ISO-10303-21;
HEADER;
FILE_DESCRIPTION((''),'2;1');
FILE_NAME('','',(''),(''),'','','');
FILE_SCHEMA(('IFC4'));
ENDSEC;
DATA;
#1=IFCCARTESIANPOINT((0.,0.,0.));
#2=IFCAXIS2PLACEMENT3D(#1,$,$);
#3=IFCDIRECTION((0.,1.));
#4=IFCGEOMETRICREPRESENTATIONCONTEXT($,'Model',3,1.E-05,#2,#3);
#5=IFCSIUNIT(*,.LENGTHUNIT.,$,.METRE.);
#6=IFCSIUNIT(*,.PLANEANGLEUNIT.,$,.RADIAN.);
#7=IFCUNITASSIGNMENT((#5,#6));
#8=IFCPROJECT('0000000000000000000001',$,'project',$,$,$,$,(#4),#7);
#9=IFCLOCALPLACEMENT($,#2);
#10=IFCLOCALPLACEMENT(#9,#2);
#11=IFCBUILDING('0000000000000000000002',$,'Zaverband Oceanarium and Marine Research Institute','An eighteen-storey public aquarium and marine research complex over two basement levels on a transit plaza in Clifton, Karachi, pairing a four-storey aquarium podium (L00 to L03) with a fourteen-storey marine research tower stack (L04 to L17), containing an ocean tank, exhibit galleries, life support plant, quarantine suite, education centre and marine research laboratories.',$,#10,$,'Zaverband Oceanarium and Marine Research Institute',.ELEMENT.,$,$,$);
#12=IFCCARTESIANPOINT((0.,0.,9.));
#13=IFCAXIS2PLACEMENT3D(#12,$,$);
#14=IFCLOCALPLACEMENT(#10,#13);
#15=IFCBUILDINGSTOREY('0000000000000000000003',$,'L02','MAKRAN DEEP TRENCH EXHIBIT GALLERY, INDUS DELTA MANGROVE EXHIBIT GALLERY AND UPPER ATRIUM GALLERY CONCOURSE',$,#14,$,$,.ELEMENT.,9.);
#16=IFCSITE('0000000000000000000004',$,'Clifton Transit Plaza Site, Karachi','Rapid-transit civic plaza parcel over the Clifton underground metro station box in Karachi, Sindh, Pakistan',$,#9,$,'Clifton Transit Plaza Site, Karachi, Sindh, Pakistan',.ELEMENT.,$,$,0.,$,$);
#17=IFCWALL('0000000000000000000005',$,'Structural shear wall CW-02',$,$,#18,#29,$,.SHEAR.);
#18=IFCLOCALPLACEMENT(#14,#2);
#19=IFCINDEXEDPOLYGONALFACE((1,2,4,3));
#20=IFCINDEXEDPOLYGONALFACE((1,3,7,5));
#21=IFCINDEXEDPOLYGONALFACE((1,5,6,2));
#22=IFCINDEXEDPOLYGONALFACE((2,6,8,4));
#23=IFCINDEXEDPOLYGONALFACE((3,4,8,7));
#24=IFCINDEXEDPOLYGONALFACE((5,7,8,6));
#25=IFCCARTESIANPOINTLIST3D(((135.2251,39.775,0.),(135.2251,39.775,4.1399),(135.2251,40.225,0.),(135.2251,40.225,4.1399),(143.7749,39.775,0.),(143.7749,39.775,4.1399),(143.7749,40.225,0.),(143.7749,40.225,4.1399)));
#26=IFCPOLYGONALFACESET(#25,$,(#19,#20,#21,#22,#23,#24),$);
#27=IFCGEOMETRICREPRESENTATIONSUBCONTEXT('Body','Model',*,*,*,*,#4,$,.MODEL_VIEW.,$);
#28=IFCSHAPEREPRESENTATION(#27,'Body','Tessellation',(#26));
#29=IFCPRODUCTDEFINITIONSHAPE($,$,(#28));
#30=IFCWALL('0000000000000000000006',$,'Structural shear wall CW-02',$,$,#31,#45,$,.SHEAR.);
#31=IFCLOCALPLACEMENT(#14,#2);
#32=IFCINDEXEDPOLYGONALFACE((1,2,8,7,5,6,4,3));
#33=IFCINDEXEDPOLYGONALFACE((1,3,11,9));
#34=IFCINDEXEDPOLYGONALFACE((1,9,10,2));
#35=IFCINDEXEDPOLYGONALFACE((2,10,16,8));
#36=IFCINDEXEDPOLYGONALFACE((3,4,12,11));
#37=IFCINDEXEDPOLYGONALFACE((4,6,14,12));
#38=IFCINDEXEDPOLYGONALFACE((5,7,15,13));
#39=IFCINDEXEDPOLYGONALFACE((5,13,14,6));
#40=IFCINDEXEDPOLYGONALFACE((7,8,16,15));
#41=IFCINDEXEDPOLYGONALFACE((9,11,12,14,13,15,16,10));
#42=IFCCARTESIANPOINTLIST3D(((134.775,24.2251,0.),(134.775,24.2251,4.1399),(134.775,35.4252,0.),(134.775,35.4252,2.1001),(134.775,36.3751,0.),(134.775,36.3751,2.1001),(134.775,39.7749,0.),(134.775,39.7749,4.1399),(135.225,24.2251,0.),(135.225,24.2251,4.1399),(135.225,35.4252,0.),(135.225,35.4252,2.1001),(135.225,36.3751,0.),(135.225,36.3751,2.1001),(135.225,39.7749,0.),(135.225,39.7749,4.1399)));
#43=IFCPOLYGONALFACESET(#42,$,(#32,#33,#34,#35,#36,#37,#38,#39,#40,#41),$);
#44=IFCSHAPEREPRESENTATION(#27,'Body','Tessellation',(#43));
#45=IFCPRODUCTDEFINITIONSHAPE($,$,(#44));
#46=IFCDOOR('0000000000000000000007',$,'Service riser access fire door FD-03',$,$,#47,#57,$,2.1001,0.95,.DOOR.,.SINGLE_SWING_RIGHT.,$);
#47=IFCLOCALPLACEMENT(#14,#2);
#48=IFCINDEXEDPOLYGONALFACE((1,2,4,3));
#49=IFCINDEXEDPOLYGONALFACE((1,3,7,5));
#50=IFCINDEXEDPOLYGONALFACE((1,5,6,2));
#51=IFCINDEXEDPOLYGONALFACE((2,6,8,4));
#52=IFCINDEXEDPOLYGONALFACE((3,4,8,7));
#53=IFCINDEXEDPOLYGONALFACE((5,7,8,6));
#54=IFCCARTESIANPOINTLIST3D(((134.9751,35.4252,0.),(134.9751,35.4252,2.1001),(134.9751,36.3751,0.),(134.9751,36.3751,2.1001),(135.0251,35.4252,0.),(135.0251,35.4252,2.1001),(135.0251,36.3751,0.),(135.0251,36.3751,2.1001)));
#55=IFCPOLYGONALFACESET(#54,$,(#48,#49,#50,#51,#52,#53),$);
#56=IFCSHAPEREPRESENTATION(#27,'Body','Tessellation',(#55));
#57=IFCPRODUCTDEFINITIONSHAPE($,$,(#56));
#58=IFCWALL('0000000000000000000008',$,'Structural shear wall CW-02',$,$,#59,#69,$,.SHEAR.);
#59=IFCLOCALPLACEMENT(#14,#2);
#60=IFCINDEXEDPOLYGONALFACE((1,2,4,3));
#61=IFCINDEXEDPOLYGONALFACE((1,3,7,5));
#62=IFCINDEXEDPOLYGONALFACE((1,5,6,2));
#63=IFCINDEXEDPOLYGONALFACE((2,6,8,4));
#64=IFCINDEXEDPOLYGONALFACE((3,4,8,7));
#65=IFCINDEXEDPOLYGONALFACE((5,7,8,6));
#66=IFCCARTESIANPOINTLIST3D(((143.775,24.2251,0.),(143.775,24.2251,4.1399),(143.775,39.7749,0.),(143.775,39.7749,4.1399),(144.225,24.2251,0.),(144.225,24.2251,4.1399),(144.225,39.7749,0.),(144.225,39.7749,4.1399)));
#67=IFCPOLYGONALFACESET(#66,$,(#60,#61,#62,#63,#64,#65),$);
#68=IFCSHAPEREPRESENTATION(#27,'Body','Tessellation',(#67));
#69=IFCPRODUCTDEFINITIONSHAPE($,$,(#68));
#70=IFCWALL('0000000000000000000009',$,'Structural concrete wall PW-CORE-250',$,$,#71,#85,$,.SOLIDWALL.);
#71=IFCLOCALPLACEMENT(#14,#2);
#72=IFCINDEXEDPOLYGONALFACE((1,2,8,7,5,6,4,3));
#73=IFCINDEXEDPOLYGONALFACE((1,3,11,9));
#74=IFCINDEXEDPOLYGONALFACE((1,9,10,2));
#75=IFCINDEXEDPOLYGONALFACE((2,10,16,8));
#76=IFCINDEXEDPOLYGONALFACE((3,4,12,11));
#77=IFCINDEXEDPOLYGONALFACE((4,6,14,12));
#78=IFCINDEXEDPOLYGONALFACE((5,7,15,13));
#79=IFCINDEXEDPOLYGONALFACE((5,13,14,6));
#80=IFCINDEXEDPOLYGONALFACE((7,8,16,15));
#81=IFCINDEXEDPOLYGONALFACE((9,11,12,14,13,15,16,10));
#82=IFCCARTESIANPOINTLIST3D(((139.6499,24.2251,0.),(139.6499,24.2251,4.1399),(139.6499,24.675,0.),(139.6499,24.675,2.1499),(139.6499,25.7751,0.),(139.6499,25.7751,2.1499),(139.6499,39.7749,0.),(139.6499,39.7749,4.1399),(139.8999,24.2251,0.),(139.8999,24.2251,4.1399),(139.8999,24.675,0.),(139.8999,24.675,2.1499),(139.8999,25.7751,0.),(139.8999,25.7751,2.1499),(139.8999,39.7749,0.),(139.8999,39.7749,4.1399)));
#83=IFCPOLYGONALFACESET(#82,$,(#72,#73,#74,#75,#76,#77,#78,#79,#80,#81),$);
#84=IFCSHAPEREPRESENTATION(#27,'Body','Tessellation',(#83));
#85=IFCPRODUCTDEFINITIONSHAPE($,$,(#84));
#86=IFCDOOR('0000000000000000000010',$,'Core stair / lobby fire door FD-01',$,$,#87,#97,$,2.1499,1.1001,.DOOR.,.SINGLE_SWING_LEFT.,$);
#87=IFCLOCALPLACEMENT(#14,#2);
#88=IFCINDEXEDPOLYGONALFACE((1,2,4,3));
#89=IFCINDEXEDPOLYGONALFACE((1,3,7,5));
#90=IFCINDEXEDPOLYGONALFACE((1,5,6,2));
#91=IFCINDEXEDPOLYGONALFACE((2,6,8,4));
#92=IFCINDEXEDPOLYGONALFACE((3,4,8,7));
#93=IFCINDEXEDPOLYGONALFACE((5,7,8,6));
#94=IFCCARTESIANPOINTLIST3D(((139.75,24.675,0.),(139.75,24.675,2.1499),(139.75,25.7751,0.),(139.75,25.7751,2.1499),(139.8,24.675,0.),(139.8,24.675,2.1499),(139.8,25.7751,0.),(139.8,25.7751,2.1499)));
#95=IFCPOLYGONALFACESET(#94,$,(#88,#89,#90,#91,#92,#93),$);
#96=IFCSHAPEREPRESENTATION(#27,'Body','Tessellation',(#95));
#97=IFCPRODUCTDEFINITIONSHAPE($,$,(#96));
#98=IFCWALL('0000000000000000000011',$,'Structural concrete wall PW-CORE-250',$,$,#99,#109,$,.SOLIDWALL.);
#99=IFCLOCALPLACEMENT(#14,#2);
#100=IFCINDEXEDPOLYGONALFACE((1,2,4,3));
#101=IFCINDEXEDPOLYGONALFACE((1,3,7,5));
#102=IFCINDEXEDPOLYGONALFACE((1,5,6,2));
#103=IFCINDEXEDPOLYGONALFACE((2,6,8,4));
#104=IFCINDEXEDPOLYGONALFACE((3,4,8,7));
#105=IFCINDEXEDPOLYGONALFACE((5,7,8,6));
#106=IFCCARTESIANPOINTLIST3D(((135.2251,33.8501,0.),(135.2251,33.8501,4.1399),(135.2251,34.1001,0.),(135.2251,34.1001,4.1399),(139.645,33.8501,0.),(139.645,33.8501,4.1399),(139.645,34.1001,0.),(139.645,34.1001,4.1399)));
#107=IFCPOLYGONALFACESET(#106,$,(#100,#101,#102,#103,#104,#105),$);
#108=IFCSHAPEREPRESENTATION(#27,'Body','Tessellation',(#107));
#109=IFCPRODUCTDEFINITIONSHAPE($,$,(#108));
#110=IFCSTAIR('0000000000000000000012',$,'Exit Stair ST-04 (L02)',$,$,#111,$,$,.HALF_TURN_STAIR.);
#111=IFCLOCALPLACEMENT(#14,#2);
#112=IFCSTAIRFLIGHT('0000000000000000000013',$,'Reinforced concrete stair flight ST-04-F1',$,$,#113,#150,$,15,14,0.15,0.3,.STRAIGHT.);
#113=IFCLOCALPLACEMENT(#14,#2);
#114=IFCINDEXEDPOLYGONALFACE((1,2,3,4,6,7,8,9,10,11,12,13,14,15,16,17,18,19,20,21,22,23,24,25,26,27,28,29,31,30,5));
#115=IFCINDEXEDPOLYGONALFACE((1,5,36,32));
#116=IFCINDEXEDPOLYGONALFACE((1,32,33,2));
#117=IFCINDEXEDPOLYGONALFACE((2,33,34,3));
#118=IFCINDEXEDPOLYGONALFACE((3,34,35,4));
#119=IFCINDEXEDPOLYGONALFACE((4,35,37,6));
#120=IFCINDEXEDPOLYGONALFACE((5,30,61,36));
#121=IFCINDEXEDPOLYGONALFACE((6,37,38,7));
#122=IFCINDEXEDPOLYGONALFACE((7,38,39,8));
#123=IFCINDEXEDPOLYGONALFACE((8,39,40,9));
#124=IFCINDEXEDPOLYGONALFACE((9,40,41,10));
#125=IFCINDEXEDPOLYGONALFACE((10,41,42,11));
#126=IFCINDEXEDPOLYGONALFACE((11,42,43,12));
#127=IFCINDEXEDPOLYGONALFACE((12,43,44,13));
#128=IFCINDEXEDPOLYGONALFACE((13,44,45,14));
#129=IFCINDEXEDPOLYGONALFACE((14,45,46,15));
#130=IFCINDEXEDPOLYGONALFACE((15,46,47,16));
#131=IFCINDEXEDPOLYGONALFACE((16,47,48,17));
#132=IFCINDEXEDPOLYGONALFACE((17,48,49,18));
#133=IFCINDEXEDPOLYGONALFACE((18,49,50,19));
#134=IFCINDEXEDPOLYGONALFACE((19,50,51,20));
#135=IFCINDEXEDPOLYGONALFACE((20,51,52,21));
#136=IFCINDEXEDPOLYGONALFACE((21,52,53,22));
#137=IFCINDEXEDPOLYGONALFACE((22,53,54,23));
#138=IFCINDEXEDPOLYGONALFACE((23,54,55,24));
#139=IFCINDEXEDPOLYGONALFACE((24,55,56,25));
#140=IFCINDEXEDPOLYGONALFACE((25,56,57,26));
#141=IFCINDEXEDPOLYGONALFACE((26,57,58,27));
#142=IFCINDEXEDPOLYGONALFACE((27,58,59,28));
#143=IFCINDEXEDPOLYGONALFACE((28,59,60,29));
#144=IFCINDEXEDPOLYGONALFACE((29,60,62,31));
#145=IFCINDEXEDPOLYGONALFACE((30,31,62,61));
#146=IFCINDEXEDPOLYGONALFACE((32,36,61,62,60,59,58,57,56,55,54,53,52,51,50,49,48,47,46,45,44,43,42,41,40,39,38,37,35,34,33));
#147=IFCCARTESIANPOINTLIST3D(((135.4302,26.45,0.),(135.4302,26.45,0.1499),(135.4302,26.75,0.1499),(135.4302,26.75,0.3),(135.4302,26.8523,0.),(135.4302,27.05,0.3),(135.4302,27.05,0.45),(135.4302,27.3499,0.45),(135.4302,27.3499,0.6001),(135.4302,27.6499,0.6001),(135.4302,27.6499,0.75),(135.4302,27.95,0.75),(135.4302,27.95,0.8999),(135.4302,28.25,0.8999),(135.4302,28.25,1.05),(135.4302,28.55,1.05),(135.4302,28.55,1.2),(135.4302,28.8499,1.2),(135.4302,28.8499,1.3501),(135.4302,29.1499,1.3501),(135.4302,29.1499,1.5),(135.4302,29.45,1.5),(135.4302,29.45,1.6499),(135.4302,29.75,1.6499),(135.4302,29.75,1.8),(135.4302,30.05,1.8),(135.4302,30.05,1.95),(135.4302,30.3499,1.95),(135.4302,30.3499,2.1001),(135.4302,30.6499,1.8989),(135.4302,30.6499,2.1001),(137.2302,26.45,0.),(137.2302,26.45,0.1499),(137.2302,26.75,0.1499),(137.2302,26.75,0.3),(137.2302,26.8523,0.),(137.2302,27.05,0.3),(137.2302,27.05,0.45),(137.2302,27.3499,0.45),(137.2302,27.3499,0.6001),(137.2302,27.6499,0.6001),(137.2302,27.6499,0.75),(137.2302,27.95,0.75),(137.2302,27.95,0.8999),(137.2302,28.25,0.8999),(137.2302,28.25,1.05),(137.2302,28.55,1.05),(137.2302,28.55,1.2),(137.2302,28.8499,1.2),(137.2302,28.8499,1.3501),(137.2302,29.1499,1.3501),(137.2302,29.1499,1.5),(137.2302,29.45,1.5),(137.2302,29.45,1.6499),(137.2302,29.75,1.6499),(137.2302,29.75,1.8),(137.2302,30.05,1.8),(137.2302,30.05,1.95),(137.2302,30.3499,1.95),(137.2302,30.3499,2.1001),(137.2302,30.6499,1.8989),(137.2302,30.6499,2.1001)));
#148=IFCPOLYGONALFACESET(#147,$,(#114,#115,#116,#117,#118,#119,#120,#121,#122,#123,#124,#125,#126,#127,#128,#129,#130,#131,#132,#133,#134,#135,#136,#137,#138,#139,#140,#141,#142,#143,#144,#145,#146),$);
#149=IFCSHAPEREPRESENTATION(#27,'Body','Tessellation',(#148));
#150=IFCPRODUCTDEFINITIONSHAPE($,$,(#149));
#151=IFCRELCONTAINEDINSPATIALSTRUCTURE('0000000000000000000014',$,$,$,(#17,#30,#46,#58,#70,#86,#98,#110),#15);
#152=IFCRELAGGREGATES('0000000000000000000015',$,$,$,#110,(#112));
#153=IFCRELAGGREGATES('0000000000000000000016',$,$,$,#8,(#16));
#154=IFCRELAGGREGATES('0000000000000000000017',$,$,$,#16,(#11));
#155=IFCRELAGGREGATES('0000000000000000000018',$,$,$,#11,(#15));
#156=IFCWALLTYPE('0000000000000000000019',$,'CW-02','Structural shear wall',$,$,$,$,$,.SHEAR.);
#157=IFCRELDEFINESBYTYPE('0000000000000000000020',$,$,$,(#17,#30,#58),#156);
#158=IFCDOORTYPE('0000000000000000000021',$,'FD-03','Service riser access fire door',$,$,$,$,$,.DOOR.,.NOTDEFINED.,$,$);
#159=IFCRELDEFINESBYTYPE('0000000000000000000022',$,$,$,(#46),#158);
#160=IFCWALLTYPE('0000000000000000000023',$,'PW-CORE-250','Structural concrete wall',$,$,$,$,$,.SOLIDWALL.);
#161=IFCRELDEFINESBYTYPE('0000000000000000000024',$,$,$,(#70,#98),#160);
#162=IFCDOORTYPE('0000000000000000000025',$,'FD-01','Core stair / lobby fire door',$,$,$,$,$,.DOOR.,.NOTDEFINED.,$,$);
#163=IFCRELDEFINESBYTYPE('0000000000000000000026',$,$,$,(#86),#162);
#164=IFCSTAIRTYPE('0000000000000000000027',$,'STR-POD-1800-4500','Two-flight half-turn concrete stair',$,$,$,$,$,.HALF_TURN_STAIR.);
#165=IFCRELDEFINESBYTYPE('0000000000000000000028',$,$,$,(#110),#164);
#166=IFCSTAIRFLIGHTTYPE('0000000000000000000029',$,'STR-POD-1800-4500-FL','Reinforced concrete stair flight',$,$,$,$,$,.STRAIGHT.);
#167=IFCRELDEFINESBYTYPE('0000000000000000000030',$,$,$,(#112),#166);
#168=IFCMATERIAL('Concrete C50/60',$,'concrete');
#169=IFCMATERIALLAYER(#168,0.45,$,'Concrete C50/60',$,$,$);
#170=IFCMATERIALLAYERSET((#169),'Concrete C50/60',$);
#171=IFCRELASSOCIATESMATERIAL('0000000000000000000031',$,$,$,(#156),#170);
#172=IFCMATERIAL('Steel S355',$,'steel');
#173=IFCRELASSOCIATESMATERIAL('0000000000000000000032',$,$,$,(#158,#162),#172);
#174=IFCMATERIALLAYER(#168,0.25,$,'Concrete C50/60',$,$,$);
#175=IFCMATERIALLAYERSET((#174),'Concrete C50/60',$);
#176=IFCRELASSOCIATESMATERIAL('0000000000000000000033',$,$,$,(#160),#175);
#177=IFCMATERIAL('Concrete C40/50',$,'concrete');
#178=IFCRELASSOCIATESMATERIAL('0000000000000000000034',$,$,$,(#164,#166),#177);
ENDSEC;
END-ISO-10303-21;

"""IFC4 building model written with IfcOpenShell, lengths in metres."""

from ifc_helpers import new_model, si_unit, direction, frame, frame_2d, origin, place, context, subcontext, project, spatial, polyline, rectangle, outline, extrude, material, layer, layer_set, type_object, element, fill, aggregate, save


model = new_model("IFC4")

# Units and contexts
model_context = context("Model", 3, precision=1e-05, world=origin(), true_north=direction((0.0, 1.0)))
body_context = subcontext(model_context, "Body", "Model", "MODEL_VIEW")
ifc_project = project(units=[si_unit("LENGTHUNIT", "METRE"), si_unit("PLANEANGLEUNIT", "RADIAN")], contexts=[model_context])

# Site, building, storey
site_placement = place(None, origin())
site = spatial("IfcSite", under=ifc_project, at=site_placement, Name="Clifton Transit Plaza Site, Karachi", Description="Rapid-transit civic plaza parcel over the Clifton underground metro station box in Karachi, Sindh, Pakistan", LongName="Clifton Transit Plaza Site, Karachi, Sindh, Pakistan", CompositionType="ELEMENT", RefElevation=0.0)
building_placement = place(site_placement, origin())
building = spatial("IfcBuilding", under=site, at=building_placement, Name="Zaverband Oceanarium and Marine Research Institute", Description="An eighteen-storey public aquarium and marine research complex over two basement levels on a transit plaza in Clifton, Karachi, pairing a four-storey aquarium podium (L00 to L03) with a fourteen-storey marine research tower stack (L04 to L17), containing an ocean tank, exhibit galleries, life support plant, quarantine suite, education centre and marine research laboratories.", LongName="Zaverband Oceanarium and Marine Research Institute", CompositionType="ELEMENT")
storey_placement = place(building_placement, frame((0.0, 0.0, 9.0)))
storey = spatial("IfcBuildingStorey", under=building, at=storey_placement, Name="L02", Description="MAKRAN DEEP TRENCH EXHIBIT GALLERY, INDUS DELTA MANGROVE EXHIBIT GALLERY AND UPPER ATRIUM GALLERY CONCOURSE", CompositionType="ELEMENT", Elevation=9.0)

# Shared definitions
ifc_material_1 = material(Name="Concrete C50/60", Category="concrete")

# Shared definitions
ifc_material_2 = material(Name="Concrete C40/50", Category="concrete")

# Wall
ifc_layer_1 = layer(ifc_material_1, 0.45, Name="Concrete C50/60")
ifc_layer_set_1 = layer_set([ifc_layer_1], Name="Concrete C50/60")
wall_type_1 = type_object("IfcWallType", Name="CW-02", Description="Structural shear wall", PredefinedType="SHEAR", material=ifc_layer_set_1)
wall_1_placement = place(storey_placement, frame((135.2251, 40.0, 0.0), z_axis=(0.0, 0.0, 1.0), x_axis=(1.0, 0.0, 0.0)))
element("IfcWall", 1, at=wall_1_placement, inside=storey, type_object=wall_type_1, Name="Structural shear wall CW-02", PredefinedType="SHEAR", context=body_context, shape_type="SweptSolid", body=[
    extrude(rectangle(XDim=8.5498, YDim=0.45, at=frame_2d((4.2749, 0.0))), origin(), (0.0, 0.0, 1.0), 4.1399),
])

# Wall, opening, door
wall_2_placement = place(storey_placement, frame((135.0, 24.2251, 0.0), z_axis=(0.0, 0.0, 1.0), x_axis=(0.0, 1.0, 0.0)))
wall_2 = element("IfcWall", 2, at=wall_2_placement, inside=storey, type_object=wall_type_1, Name="Structural shear wall CW-02", PredefinedType="SHEAR", context=body_context, shape_type="SweptSolid", body=[
    extrude(rectangle(XDim=15.5498, YDim=0.45, at=frame_2d((7.7749, 0.0))), origin(), (0.0, 0.0, 1.0), 4.1399),
])
opening_1_placement = place(wall_2_placement, frame((11.2, 0.0, 0.0)))
opening_1 = element("IfcOpeningElement", 3, at=opening_1_placement, cuts=wall_2, PredefinedType="OPENING", context=body_context, shape_type="SweptSolid", body=[
    extrude(rectangle(XDim=0.95, YDim=2.1001, at=frame_2d((0.4751, 1.05))), frame((0.0, 0.2368, 0.0), z_axis=(0.0, -1.0, 0.0), x_axis=(1.0, 0.0, 0.0)), (0.0, 0.0, 1.0), 0.4739),
])
ifc_material_3 = material(Name="Steel S355", Category="steel")
door_type_1 = type_object("IfcDoorType", Name="FD-03", Description="Service riser access fire door", OperationType="NOTDEFINED", PredefinedType="DOOR", material=ifc_material_3)
door_1_placement = place(opening_1_placement, origin())
door_1 = element("IfcDoor", 4, at=door_1_placement, inside=storey, type_object=door_type_1, Name="Service riser access fire door FD-03", OperationType="SINGLE_SWING_RIGHT", OverallHeight=2.1001, OverallWidth=0.95, PredefinedType="DOOR", context=body_context, shape_type="SweptSolid", body=[
    extrude(rectangle(XDim=0.95, YDim=2.1001, at=frame_2d((0.4751, 1.05))), frame((0.0, 0.0249, 0.0), z_axis=(0.0, -1.0, 0.0), x_axis=(1.0, 0.0, 0.0)), (0.0, 0.0, 1.0), 0.05),
])
fill(opening_1, door_1)

# Wall
wall_3_placement = place(storey_placement, frame((144.0, 24.2251, 0.0), z_axis=(0.0, 0.0, 1.0), x_axis=(0.0, 1.0, 0.0)))
element("IfcWall", 5, at=wall_3_placement, inside=storey, type_object=wall_type_1, Name="Structural shear wall CW-02", PredefinedType="SHEAR", context=body_context, shape_type="SweptSolid", body=[
    extrude(rectangle(XDim=15.5498, YDim=0.45, at=frame_2d((7.7749, 0.0))), origin(), (0.0, 0.0, 1.0), 4.1399),
])

# Wall, opening, door
ifc_layer_2 = layer(ifc_material_1, 0.25, Name="Concrete C50/60")
ifc_layer_set_2 = layer_set([ifc_layer_2], Name="Concrete C50/60")
wall_type_2 = type_object("IfcWallType", Name="PW-CORE-250", Description="Structural concrete wall", PredefinedType="SOLIDWALL", material=ifc_layer_set_2)
wall_4_placement = place(storey_placement, frame((139.7749, 24.2251, 0.0), z_axis=(0.0, 0.0, 1.0), x_axis=(0.0, 1.0, 0.0)))
wall_4 = element("IfcWall", 6, at=wall_4_placement, inside=storey, type_object=wall_type_2, Name="Structural concrete wall PW-CORE-250", PredefinedType="SOLIDWALL", context=body_context, shape_type="SweptSolid", body=[
    extrude(rectangle(XDim=15.5498, YDim=0.25, at=frame_2d((7.7749, 0.0))), origin(), (0.0, 0.0, 1.0), 4.1399),
])
opening_2_placement = place(wall_4_placement, frame((0.45, 0.0, 0.0)))
opening_2 = element("IfcOpeningElement", 7, at=opening_2_placement, cuts=wall_4, PredefinedType="OPENING", context=body_context, shape_type="SweptSolid", body=[
    extrude(rectangle(XDim=1.1001, YDim=2.1499, at=frame_2d((0.55, 1.075))), frame((0.0, 0.137, 0.0), z_axis=(0.0, -1.0, 0.0), x_axis=(1.0, 0.0, 0.0)), (0.0, 0.0, 1.0), 0.2739),
])
door_type_2 = type_object("IfcDoorType", Name="FD-01", Description="Core stair / lobby fire door", OperationType="NOTDEFINED", PredefinedType="DOOR", material=ifc_material_3)
door_2_placement = place(opening_2_placement, origin())
door_2 = element("IfcDoor", 8, at=door_2_placement, inside=storey, type_object=door_type_2, Name="Core stair / lobby fire door FD-01", OperationType="SINGLE_SWING_LEFT", OverallHeight=2.1499, OverallWidth=1.1001, PredefinedType="DOOR", context=body_context, shape_type="SweptSolid", body=[
    extrude(rectangle(XDim=1.1001, YDim=2.1499, at=frame_2d((0.55, 1.075))), frame((0.0, 0.0249, 0.0), z_axis=(0.0, -1.0, 0.0), x_axis=(1.0, 0.0, 0.0)), (0.0, 0.0, 1.0), 0.05),
])
fill(opening_2, door_2)

# Wall
wall_5_placement = place(storey_placement, frame((135.2251, 33.9751, 0.0), z_axis=(0.0, 0.0, 1.0), x_axis=(1.0, 0.0, 0.0)))
element("IfcWall", 9, at=wall_5_placement, inside=storey, type_object=wall_type_2, Name="Structural concrete wall PW-CORE-250", PredefinedType="SOLIDWALL", context=body_context, shape_type="SweptSolid", body=[
    extrude(rectangle(XDim=4.4199, YDim=0.25, at=frame_2d((2.21, 0.0))), origin(), (0.0, 0.0, 1.0), 4.1399),
])

# Stair, stair flight
stair_type = type_object("IfcStairType", Name="STR-POD-1800-4500", Description="Two-flight half-turn concrete stair", PredefinedType="HALF_TURN_STAIR", material=ifc_material_2)
stair_placement = place(storey_placement, origin())
stair = element("IfcStair", 10, at=stair_placement, inside=storey, type_object=stair_type, Name="Exit Stair ST-04 (L02)", PredefinedType="HALF_TURN_STAIR")
stair_flight_type = type_object("IfcStairFlightType", Name="STR-POD-1800-4500-FL", Description="Reinforced concrete stair flight", PredefinedType="STRAIGHT", material=ifc_material_2)
stair_flight_1_placement = place(storey_placement, frame((136.3301, 26.45, 0.0), z_axis=(0.0, 0.0, 1.0), x_axis=(0.0, 1.0, 0.0)))
stair_flight_1 = element("IfcStairFlight", 11, at=stair_flight_1_placement, type_object=stair_flight_type, Name="Reinforced concrete stair flight ST-04-F1", NumberOfRisers=15, NumberOfTreads=14, PredefinedType="STRAIGHT", RiserHeight=0.15, TreadLength=0.3, context=body_context, shape_type="SweptSolid", body=[
    extrude(outline(polyline([(0.0, 0.0), (0.0, 0.1499), (0.3, 0.1499), (0.3, 0.3), (0.6001, 0.3), (0.6001, 0.45), (0.8999, 0.45), (0.8999, 0.6001), (1.2, 0.6001), (1.2, 0.75), (1.5, 0.75), (1.5, 0.8999), (1.8, 0.8999), (1.8, 1.05), (2.1001, 1.05), (2.1001, 1.2), (2.3999, 1.2), (2.3999, 1.3501), (2.7, 1.3501), (2.7, 1.5), (3.0, 1.5), (3.0, 1.6499), (3.3, 1.6499), (3.3, 1.8), (3.6001, 1.8), (3.6001, 1.95), (3.8999, 1.95), (3.8999, 2.1001), (4.2, 2.1001), (4.2, 2.25), (4.2, 1.8989), (0.4023, 0.0), (0.0, 0.0)])), frame((0.0, 0.8999, 0.0), z_axis=(0.0, -1.0, 0.0), x_axis=(1.0, 0.0, 0.0)), (0.0, 0.0, 1.0), 1.8),
])
aggregate(stair, [stair_flight_1])

save(model, "model.ifc")
